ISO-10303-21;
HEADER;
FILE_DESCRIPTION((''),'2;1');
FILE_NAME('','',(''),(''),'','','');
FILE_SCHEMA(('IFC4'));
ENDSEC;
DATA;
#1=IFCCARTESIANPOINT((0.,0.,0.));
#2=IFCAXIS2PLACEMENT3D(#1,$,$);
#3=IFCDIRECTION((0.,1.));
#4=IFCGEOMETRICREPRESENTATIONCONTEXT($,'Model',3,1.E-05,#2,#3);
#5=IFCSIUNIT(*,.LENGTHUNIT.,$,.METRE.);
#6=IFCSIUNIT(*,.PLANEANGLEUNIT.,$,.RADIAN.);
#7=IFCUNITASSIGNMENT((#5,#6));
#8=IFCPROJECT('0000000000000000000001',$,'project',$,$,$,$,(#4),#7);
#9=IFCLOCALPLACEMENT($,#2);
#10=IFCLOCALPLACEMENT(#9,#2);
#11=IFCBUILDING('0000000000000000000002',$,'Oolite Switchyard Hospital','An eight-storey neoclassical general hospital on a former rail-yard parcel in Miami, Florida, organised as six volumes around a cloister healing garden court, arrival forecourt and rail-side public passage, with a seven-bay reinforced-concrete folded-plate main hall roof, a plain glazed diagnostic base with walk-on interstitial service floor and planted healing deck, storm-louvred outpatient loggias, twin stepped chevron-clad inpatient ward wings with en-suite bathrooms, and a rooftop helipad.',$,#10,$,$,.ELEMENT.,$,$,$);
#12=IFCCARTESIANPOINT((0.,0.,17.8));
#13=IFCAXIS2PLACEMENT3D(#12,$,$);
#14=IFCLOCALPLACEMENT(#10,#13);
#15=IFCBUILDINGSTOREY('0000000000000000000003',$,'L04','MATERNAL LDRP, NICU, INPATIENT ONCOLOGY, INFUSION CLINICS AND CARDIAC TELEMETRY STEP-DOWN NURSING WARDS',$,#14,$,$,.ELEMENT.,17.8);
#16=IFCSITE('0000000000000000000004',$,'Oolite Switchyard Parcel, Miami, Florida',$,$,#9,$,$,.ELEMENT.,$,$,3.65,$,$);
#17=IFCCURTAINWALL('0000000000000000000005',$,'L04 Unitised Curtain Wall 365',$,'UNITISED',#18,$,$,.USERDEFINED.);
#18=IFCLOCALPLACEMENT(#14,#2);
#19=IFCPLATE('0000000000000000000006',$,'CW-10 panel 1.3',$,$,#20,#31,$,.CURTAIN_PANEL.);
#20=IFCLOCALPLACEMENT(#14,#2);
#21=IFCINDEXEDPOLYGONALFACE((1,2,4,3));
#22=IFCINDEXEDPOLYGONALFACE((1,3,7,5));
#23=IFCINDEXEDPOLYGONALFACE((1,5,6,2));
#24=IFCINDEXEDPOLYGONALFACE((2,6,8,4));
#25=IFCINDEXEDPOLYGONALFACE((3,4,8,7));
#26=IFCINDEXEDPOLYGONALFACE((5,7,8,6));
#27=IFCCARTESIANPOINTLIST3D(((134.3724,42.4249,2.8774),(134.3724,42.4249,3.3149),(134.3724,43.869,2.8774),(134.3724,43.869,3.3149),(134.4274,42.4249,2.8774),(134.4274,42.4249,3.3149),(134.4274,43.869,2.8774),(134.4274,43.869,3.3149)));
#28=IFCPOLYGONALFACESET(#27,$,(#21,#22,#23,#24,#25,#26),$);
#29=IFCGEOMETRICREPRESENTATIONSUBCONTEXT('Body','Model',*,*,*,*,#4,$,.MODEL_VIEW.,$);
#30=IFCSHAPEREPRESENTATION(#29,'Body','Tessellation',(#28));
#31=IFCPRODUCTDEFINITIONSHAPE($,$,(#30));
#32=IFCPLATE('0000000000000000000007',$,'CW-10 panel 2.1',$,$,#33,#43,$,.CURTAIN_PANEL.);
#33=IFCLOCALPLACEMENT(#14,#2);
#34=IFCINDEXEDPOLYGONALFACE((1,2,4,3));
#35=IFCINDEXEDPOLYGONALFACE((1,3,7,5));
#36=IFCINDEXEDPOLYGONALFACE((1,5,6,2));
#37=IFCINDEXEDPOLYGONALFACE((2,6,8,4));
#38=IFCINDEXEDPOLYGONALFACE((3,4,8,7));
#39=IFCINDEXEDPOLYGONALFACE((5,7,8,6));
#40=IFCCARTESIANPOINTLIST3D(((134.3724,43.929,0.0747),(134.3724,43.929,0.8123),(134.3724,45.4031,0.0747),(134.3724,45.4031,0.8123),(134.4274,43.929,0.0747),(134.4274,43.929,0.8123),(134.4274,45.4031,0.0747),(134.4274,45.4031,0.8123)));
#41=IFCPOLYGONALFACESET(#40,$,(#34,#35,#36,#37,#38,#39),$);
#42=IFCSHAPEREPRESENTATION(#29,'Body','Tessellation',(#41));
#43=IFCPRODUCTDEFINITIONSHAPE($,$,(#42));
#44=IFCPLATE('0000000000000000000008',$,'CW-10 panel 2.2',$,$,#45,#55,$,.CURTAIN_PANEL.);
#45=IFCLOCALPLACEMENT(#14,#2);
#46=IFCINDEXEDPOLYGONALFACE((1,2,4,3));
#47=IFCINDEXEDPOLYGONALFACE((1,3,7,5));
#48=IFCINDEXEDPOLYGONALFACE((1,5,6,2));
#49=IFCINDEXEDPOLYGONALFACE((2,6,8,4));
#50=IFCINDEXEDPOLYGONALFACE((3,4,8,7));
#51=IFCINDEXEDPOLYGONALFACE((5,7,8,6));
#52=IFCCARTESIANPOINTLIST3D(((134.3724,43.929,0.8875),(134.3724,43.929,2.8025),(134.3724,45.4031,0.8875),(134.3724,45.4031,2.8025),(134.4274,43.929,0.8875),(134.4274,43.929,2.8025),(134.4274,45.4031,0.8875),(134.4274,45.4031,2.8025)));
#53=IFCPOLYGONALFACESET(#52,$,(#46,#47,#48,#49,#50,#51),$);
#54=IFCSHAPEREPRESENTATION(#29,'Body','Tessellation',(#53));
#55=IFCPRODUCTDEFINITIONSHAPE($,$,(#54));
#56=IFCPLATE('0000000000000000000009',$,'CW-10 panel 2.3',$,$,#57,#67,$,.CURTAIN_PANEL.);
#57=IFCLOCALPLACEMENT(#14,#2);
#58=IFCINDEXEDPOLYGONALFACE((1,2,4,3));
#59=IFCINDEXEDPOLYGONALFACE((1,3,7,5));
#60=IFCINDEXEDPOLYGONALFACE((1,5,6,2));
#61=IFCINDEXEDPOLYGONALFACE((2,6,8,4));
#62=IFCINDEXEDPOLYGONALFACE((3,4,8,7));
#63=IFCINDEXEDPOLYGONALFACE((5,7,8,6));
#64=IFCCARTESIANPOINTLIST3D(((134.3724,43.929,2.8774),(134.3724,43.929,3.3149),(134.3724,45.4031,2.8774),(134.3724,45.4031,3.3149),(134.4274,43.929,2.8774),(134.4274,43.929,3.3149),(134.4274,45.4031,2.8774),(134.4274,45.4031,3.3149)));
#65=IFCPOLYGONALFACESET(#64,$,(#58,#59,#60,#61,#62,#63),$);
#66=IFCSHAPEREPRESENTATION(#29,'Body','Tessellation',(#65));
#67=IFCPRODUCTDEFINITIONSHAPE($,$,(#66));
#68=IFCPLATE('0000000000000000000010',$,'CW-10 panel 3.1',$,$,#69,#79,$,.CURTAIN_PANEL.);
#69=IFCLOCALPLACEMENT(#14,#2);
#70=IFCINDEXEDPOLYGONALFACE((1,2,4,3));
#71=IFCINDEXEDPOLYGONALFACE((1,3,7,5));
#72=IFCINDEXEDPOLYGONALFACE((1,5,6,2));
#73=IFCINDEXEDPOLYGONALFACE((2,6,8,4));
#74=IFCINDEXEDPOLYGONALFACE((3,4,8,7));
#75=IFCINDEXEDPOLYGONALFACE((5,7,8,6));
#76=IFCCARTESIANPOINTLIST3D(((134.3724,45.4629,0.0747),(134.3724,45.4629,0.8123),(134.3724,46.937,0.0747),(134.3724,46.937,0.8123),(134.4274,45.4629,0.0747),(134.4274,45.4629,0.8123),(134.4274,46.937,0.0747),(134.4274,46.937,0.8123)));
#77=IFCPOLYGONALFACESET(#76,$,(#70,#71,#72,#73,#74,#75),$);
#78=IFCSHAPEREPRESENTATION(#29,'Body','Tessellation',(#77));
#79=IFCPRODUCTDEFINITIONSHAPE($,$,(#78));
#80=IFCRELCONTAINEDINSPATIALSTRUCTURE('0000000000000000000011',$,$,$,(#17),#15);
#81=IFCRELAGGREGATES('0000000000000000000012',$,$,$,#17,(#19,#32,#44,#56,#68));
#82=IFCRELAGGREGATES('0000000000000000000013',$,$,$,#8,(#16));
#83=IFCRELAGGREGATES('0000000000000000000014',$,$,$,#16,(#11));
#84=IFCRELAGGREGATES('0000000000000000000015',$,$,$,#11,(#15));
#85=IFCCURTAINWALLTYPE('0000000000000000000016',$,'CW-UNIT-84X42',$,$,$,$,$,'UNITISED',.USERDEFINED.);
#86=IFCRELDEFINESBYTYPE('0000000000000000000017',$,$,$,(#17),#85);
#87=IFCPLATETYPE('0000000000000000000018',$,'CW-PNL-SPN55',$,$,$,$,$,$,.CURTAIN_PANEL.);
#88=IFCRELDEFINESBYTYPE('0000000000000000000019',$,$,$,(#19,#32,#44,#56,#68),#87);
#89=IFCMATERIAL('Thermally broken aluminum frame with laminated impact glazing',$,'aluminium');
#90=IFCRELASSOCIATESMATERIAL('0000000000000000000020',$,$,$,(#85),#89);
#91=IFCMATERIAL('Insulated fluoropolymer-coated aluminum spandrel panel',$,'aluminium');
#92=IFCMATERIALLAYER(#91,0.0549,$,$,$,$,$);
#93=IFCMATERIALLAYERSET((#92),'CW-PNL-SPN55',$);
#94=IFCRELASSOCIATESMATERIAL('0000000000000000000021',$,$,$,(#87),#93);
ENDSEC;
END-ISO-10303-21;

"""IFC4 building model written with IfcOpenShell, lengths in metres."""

from ifc_helpers import new_model, si_unit, direction, frame, origin, origin_2d, place, context, subcontext, project, spatial, rectangle, extrude, material, layer, layer_set, type_object, element, aggregate, save


model = new_model("IFC4")

# Units and contexts
model_context = context("Model", 3, precision=1e-05, world=origin(), true_north=direction((0.0, 1.0)))
body_context = subcontext(model_context, "Body", "Model", "MODEL_VIEW")
ifc_project = project(units=[si_unit("LENGTHUNIT", "METRE"), si_unit("PLANEANGLEUNIT", "RADIAN")], contexts=[model_context])

# Site, building, storey
site_placement = place(None, origin())
site = spatial("IfcSite", under=ifc_project, at=site_placement, Name="Oolite Switchyard Parcel, Miami, Florida", CompositionType="ELEMENT", RefElevation=3.65)
building_placement = place(site_placement, origin())
building = spatial("IfcBuilding", under=site, at=building_placement, Name="Oolite Switchyard Hospital", Description="An eight-storey neoclassical general hospital on a former rail-yard parcel in Miami, Florida, organised as six volumes around a cloister healing garden court, arrival forecourt and rail-side public passage, with a seven-bay reinforced-concrete folded-plate main hall roof, a plain glazed diagnostic base with walk-on interstitial service floor and planted healing deck, storm-louvred outpatient loggias, twin stepped chevron-clad inpatient ward wings with en-suite bathrooms, and a rooftop helipad.", CompositionType="ELEMENT")
storey_placement = place(building_placement, frame((0.0, 0.0, 17.8)))
storey = spatial("IfcBuildingStorey", under=building, at=storey_placement, Name="L04", Description="MATERNAL LDRP, NICU, INPATIENT ONCOLOGY, INFUSION CLINICS AND CARDIAC TELEMETRY STEP-DOWN NURSING WARDS", CompositionType="ELEMENT", Elevation=17.8)

# Curtain wall, plates
ifc_material_1 = material(Name="Thermally broken aluminum frame with laminated impact glazing", Category="aluminium")
curtain_wall_type = type_object("IfcCurtainWallType", Name="CW-UNIT-84X42", ElementType="UNITISED", PredefinedType="USERDEFINED", material=ifc_material_1)
curtain_wall_placement = place(storey_placement, origin())
curtain_wall = element("IfcCurtainWall", 1, at=curtain_wall_placement, inside=storey, type_object=curtain_wall_type, Name="L04 Unitised Curtain Wall 365", ObjectType="UNITISED", PredefinedType="USERDEFINED")
ifc_material_2 = material(Name="Insulated fluoropolymer-coated aluminum spandrel panel", Category="aluminium")
ifc_layer = layer(ifc_material_2, 0.0549)
ifc_layer_set = layer_set([ifc_layer], Name="CW-PNL-SPN55")
plate_type = type_object("IfcPlateType", Name="CW-PNL-SPN55", PredefinedType="CURTAIN_PANEL", material=ifc_layer_set)
plate_1_placement = place(storey_placement, frame((134.3999, 43.147, 2.8774), z_axis=(0.0, 0.0, 1.0), x_axis=(0.0, 1.0, 0.0)))
plate_1 = element("IfcPlate", 2, at=plate_1_placement, type_object=plate_type, Name="CW-10 panel 1.3", PredefinedType="CURTAIN_PANEL", context=body_context, shape_type="SweptSolid", body=[
    extrude(rectangle(XDim=1.4441, YDim=0.0549, at=origin_2d()), origin(), (0.0, 0.0, 1.0), 0.4375),
])
plate_2_placement = place(storey_placement, frame((134.3999, 44.666, 0.0747), z_axis=(0.0, 0.0, 1.0), x_axis=(0.0, 1.0, 0.0)))
plate_2 = element("IfcPlate", 3, at=plate_2_placement, type_object=plate_type, Name="CW-10 panel 2.1", PredefinedType="CURTAIN_PANEL", context=body_context, shape_type="SweptSolid", body=[
    extrude(rectangle(XDim=1.4741, YDim=0.0549, at=origin_2d()), origin(), (0.0, 0.0, 1.0), 0.7375),
])
plate_3_placement = place(storey_placement, frame((134.3999, 44.666, 0.8875), z_axis=(0.0, 0.0, 1.0), x_axis=(0.0, 1.0, 0.0)))
plate_3 = element("IfcPlate", 4, at=plate_3_placement, type_object=plate_type, Name="CW-10 panel 2.2", PredefinedType="CURTAIN_PANEL", context=body_context, shape_type="SweptSolid", body=[
    extrude(rectangle(XDim=1.4741, YDim=0.0549, at=origin_2d()), origin(), (0.0, 0.0, 1.0), 1.915),
])
plate_4_placement = place(storey_placement, frame((134.3999, 44.666, 2.8774), z_axis=(0.0, 0.0, 1.0), x_axis=(0.0, 1.0, 0.0)))
plate_4 = element("IfcPlate", 5, at=plate_4_placement, type_object=plate_type, Name="CW-10 panel 2.3", PredefinedType="CURTAIN_PANEL", context=body_context, shape_type="SweptSolid", body=[
    extrude(rectangle(XDim=1.4741, YDim=0.0549, at=origin_2d()), origin(), (0.0, 0.0, 1.0), 0.4375),
])
plate_5_placement = place(storey_placement, frame((134.3999, 46.2, 0.0747), z_axis=(0.0, 0.0, 1.0), x_axis=(0.0, 1.0, 0.0)))
plate_5 = element("IfcPlate", 6, at=plate_5_placement, type_object=plate_type, Name="CW-10 panel 3.1", PredefinedType="CURTAIN_PANEL", context=body_context, shape_type="SweptSolid", body=[
    extrude(rectangle(XDim=1.4741, YDim=0.0549, at=origin_2d()), origin(), (0.0, 0.0, 1.0), 0.7375),
])
aggregate(curtain_wall, [plate_1, plate_2, plate_3, plate_4, plate_5])

save(model, "model.ifc")
